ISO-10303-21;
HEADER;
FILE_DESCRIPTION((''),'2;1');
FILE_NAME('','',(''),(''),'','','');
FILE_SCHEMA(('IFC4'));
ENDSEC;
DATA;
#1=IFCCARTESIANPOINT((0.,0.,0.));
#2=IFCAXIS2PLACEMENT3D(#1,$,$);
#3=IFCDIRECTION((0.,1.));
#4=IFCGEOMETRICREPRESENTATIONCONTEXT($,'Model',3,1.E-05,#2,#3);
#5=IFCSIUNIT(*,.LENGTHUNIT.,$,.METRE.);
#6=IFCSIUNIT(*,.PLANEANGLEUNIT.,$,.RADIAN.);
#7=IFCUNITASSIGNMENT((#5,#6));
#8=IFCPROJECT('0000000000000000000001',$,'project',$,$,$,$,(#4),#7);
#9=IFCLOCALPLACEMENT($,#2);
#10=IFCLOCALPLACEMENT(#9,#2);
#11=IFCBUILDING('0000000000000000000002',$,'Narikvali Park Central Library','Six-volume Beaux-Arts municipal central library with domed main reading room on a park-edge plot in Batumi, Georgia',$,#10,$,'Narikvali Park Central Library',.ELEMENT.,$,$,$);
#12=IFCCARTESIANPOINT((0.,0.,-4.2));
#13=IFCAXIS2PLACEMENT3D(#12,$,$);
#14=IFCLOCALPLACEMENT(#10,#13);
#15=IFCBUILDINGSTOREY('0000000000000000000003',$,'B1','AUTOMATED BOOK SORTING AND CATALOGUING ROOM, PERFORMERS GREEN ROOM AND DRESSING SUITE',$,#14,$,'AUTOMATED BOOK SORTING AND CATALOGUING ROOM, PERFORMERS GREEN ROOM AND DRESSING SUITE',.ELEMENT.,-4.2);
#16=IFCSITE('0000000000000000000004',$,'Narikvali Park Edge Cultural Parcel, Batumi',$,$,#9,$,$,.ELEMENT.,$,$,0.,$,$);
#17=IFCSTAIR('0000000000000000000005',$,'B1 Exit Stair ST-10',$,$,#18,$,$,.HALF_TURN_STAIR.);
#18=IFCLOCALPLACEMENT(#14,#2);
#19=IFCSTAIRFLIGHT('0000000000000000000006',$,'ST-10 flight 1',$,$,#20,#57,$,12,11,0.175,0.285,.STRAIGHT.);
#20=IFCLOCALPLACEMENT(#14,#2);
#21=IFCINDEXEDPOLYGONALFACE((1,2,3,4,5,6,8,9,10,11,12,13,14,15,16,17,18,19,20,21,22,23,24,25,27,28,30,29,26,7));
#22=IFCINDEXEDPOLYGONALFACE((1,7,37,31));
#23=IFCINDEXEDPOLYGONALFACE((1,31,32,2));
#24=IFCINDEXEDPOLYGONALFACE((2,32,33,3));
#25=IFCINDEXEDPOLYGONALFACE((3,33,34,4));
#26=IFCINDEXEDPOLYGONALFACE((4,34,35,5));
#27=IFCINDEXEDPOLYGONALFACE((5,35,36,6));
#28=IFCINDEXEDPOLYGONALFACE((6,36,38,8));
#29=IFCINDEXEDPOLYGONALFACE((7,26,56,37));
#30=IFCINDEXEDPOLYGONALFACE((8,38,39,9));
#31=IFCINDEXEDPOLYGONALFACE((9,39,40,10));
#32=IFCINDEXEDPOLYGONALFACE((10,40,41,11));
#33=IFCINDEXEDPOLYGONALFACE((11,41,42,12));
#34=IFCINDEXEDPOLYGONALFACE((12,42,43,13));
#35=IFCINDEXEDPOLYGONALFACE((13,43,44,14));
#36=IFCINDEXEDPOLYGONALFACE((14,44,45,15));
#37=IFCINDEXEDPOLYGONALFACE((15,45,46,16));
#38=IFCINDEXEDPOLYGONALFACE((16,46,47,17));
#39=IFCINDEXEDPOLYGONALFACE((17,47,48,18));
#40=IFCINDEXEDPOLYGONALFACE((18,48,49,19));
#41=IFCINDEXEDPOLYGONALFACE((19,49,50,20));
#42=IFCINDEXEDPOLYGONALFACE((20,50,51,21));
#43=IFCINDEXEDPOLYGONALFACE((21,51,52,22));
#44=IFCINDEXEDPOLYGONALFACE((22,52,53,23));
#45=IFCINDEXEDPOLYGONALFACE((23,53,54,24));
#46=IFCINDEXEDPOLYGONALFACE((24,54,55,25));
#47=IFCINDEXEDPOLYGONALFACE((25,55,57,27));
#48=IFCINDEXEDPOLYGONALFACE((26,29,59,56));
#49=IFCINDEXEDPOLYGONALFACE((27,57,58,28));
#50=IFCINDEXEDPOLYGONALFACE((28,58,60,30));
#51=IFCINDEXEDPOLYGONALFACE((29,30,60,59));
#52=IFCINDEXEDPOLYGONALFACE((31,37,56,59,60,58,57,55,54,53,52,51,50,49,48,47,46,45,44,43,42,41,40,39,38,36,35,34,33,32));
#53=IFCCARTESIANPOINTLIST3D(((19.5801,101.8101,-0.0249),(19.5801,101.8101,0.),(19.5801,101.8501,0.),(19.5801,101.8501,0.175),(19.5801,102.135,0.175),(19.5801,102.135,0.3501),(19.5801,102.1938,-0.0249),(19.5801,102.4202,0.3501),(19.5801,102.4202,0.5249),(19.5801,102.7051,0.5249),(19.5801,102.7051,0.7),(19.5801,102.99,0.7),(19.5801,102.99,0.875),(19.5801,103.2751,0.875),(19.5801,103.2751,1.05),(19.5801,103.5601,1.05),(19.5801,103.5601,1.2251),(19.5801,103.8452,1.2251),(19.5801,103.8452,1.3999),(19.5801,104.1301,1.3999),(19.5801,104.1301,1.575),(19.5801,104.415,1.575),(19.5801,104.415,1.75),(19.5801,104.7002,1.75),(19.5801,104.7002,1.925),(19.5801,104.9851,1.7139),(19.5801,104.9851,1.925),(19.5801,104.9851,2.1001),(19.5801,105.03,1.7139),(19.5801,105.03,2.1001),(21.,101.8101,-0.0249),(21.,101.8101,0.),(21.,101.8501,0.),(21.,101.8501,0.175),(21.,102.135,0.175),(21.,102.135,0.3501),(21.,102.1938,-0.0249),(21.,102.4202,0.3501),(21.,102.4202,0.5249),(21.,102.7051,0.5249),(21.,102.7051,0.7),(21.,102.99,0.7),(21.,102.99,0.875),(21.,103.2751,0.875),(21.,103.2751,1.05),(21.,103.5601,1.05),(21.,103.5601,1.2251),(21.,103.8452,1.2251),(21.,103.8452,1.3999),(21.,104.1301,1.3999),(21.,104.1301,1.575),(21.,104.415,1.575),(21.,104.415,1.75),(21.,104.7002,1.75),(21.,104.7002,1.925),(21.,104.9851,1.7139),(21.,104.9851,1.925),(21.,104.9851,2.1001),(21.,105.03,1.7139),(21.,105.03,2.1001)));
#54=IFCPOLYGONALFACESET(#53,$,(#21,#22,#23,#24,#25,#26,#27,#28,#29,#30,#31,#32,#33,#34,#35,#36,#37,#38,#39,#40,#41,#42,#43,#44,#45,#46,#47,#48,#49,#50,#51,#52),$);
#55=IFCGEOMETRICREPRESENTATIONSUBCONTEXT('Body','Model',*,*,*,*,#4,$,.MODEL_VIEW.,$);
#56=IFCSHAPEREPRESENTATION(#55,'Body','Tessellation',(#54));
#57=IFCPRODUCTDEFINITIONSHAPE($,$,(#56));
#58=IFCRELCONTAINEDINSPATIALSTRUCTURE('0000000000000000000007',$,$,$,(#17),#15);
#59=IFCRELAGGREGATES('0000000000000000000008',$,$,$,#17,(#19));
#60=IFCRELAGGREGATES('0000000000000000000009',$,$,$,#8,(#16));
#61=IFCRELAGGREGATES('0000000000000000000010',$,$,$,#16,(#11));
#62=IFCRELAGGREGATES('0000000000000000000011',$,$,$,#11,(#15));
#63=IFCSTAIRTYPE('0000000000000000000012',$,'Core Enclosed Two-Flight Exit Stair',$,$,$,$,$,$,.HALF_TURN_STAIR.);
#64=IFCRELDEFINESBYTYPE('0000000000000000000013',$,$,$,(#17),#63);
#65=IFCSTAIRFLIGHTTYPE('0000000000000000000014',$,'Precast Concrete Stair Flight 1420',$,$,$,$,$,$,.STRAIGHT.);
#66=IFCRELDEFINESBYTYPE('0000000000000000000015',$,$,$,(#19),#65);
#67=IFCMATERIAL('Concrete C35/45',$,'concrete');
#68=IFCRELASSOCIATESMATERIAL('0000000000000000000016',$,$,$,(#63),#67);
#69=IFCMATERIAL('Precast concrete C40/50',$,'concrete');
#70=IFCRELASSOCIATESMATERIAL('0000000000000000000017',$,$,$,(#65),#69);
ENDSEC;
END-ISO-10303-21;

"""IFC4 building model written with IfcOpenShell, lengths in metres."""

from ifc_helpers import new_model, si_unit, direction, frame, origin, place, context, subcontext, project, spatial, polyline, outline, extrude, material, type_object, element, aggregate, save


model = new_model("IFC4")

# Units and contexts
model_context = context("Model", 3, precision=1e-05, world=origin(), true_north=direction((0.0, 1.0)))
body_context = subcontext(model_context, "Body", "Model", "MODEL_VIEW")
ifc_project = project(units=[si_unit("LENGTHUNIT", "METRE"), si_unit("PLANEANGLEUNIT", "RADIAN")], contexts=[model_context])

# Site, building, storey
site_placement = place(None, origin())
site = spatial("IfcSite", under=ifc_project, at=site_placement, Name="Narikvali Park Edge Cultural Parcel, Batumi", CompositionType="ELEMENT", RefElevation=0.0)
building_placement = place(site_placement, origin())
building = spatial("IfcBuilding", under=site, at=building_placement, Name="Narikvali Park Central Library", Description="Six-volume Beaux-Arts municipal central library with domed main reading room on a park-edge plot in Batumi, Georgia", LongName="Narikvali Park Central Library", CompositionType="ELEMENT")
storey_placement = place(building_placement, frame((0.0, 0.0, -4.2)))
storey = spatial("IfcBuildingStorey", under=building, at=storey_placement, Name="B1", Description="AUTOMATED BOOK SORTING AND CATALOGUING ROOM, PERFORMERS GREEN ROOM AND DRESSING SUITE", LongName="AUTOMATED BOOK SORTING AND CATALOGUING ROOM, PERFORMERS GREEN ROOM AND DRESSING SUITE", CompositionType="ELEMENT", Elevation=-4.2)

# Shared definitions
ifc_material_1 = material(Name="Concrete C35/45", Category="concrete")

# Stair, stair flight
stair_type = type_object("IfcStairType", Name="Core Enclosed Two-Flight Exit Stair", PredefinedType="HALF_TURN_STAIR", material=ifc_material_1)
stair_placement = place(storey_placement, origin())
stair = element("IfcStair", 1, at=stair_placement, inside=storey, type_object=stair_type, Name="B1 Exit Stair ST-10", PredefinedType="HALF_TURN_STAIR")
ifc_material_2 = material(Name="Precast concrete C40/50", Category="concrete")
stair_flight_type = type_object("IfcStairFlightType", Name="Precast Concrete Stair Flight 1420", PredefinedType="STRAIGHT", material=ifc_material_2)
stair_flight_placement = place(storey_placement, frame((20.29, 101.8501, 0.0), z_axis=(0.0, 0.0, 1.0), x_axis=(0.0, 1.0, 0.0)))
stair_flight = element("IfcStairFlight", 2, at=stair_flight_placement, type_object=stair_flight_type, Name="ST-10 flight 1", NumberOfRisers=12, NumberOfTreads=11, PredefinedType="STRAIGHT", RiserHeight=0.175, TreadLength=0.285, context=body_context, shape_type="SweptSolid", body=[
    extrude(outline(polyline([(-0.04, -0.0249), (-0.04, 0.0), (0.0, 0.0), (0.0, 0.175), (0.2849, 0.175), (0.2849, 0.3501), (0.5701, 0.3501), (0.5701, 0.5249), (0.855, 0.5249), (0.855, 0.7), (1.1399, 0.7), (1.1399, 0.875), (1.425, 0.875), (1.425, 1.05), (1.71, 1.05), (1.71, 1.2251), (1.9951, 1.2251), (1.9951, 1.3999), (2.28, 1.3999), (2.28, 1.575), (2.5649, 1.575), (2.5649, 1.75), (2.8501, 1.75), (2.8501, 1.925), (3.135, 1.925), (3.135, 2.1001), (3.1799, 2.1001), (3.1799, 1.7139), (3.135, 1.7139), (0.3438, -0.0249), (-0.04, -0.0249)])), frame((0.0, 0.71, 0.0), z_axis=(0.0, -1.0, 0.0), x_axis=(1.0, 0.0, 0.0)), (0.0, 0.0, 1.0), 1.4199),
])
aggregate(stair, [stair_flight])

save(model, "model.ifc")
